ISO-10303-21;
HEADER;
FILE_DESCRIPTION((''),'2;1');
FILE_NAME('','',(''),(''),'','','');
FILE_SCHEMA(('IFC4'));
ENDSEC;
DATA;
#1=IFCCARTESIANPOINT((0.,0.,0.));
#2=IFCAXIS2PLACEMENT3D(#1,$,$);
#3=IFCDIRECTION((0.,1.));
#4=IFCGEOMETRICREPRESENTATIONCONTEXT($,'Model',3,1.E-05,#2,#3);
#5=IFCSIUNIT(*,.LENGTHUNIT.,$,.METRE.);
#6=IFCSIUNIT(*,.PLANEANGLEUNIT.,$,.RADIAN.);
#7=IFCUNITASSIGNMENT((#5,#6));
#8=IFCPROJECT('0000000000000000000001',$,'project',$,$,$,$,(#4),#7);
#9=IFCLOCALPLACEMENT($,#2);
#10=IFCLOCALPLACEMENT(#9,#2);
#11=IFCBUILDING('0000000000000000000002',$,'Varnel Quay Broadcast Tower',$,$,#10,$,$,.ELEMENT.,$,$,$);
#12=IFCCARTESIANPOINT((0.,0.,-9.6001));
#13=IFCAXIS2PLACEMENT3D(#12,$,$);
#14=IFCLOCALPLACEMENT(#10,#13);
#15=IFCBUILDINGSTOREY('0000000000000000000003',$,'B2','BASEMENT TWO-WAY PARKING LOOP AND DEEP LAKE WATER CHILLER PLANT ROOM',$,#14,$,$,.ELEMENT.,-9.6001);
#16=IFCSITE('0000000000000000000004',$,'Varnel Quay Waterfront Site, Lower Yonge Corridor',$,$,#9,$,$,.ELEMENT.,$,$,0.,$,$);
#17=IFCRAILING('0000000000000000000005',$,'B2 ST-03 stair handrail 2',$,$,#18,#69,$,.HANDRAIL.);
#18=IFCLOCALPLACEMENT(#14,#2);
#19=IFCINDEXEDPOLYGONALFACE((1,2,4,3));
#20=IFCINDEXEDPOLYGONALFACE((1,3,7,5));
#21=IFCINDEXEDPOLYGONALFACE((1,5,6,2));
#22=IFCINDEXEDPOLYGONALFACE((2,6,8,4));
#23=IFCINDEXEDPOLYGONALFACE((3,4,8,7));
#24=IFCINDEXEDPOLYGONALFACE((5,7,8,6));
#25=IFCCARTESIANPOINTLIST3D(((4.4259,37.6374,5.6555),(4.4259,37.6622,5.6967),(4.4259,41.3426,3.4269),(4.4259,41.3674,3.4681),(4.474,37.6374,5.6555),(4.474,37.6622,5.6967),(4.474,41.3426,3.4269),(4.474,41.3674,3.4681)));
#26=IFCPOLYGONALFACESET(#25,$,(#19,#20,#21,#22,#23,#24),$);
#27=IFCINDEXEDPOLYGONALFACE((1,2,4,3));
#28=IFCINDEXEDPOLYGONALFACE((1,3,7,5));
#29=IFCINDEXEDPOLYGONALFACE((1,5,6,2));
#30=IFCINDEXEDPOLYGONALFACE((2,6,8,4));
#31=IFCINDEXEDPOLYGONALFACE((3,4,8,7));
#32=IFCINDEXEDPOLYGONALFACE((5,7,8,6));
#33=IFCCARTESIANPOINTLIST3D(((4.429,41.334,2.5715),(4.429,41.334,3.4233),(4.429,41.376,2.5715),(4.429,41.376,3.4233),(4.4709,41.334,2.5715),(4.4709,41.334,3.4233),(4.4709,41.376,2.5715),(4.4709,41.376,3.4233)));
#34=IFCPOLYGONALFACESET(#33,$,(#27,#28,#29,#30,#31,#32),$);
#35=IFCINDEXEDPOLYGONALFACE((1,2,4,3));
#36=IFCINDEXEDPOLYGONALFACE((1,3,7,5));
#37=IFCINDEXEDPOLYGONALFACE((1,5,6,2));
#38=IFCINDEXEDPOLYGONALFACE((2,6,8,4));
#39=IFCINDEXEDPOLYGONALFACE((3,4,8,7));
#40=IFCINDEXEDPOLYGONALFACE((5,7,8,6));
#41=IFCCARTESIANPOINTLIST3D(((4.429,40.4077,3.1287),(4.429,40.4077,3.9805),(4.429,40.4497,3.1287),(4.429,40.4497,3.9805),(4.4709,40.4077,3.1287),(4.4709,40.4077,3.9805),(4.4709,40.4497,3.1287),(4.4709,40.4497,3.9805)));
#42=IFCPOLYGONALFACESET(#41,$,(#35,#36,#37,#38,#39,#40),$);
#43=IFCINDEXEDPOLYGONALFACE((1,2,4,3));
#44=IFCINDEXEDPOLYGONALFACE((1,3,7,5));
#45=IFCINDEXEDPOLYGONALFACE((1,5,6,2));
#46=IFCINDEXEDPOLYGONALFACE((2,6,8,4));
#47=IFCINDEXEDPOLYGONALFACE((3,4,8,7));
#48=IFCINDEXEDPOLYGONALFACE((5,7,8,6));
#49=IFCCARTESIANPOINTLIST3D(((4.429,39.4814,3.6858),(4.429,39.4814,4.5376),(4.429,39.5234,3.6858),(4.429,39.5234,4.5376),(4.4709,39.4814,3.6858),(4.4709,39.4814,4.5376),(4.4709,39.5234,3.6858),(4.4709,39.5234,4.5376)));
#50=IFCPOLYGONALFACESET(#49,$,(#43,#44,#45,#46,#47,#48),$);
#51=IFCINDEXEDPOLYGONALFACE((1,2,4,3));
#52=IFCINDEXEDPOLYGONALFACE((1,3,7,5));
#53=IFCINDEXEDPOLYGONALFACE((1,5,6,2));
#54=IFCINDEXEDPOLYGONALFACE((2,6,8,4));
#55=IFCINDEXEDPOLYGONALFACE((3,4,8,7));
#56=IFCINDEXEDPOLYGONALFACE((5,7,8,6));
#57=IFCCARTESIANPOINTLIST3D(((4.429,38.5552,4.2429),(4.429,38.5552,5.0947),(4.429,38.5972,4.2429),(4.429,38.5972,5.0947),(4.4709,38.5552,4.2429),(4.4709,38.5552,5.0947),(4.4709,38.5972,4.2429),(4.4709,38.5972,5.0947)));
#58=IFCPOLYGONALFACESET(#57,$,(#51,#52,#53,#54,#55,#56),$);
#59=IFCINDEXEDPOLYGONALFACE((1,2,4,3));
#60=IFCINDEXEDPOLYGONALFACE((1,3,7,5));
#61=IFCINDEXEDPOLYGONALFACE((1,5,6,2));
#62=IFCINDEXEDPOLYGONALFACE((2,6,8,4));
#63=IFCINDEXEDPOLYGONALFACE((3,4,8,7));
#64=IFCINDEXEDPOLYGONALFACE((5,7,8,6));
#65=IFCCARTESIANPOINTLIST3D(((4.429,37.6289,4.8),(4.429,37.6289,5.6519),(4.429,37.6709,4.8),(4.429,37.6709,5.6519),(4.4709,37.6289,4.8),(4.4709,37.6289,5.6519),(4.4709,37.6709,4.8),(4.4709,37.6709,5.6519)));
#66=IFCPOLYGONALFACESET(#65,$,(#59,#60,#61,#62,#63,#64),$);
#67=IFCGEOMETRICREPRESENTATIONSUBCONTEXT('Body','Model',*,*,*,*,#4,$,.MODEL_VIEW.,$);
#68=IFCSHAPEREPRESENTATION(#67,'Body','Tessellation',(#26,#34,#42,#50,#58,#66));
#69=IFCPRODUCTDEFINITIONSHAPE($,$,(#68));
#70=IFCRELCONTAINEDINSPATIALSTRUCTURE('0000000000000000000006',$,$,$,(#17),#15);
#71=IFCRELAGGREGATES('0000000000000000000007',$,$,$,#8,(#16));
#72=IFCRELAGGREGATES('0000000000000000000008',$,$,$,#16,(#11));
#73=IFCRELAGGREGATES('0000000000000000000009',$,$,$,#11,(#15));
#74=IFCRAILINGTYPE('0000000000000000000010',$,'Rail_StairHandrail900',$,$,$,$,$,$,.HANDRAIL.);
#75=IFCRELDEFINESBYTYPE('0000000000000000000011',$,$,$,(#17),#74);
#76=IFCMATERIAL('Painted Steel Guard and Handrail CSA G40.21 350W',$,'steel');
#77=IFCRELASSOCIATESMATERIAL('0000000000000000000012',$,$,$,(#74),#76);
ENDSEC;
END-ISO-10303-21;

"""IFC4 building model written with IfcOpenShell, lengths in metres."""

from ifc_helpers import new_model, si_unit, direction, frame, origin, origin_2d, place, context, subcontext, project, spatial, rectangle, extrude, material, type_object, element, save


model = new_model("IFC4")

# Units and contexts
model_context = context("Model", 3, precision=1e-05, world=origin(), true_north=direction((0.0, 1.0)))
body_context = subcontext(model_context, "Body", "Model", "MODEL_VIEW")
ifc_project = project(units=[si_unit("LENGTHUNIT", "METRE"), si_unit("PLANEANGLEUNIT", "RADIAN")], contexts=[model_context])

# Site, building, storey
site_placement = place(None, origin())
site = spatial("IfcSite", under=ifc_project, at=site_placement, Name="Varnel Quay Waterfront Site, Lower Yonge Corridor", CompositionType="ELEMENT", RefElevation=0.0)
building_placement = place(site_placement, origin())
building = spatial("IfcBuilding", under=site, at=building_placement, Name="Varnel Quay Broadcast Tower", CompositionType="ELEMENT")
storey_placement = place(building_placement, frame((0.0, 0.0, -9.6001)))
storey = spatial("IfcBuildingStorey", under=building, at=storey_placement, Name="B2", Description="BASEMENT TWO-WAY PARKING LOOP AND DEEP LAKE WATER CHILLER PLANT ROOM", CompositionType="ELEMENT", Elevation=-9.6001)

# Railing
ifc_material_1 = material(Name="Painted Steel Guard and Handrail CSA G40.21 350W", Category="steel")
railing_type_1 = type_object("IfcRailingType", Name="Rail_StairHandrail900", PredefinedType="HANDRAIL", material=ifc_material_1)
railing_1_placement = place(storey_placement, frame((4.45, 41.355, 2.5715)))
element("IfcRailing", 1, at=railing_1_placement, inside=storey, type_object=railing_type_1, Name="B2 ST-03 stair handrail 2", PredefinedType="HANDRAIL", context=body_context, shape_type="SweptSolid", body=[
    extrude(rectangle(XDim=0.0481, YDim=0.0481, at=origin_2d()), frame((0.0, 0.0, 0.876), z_axis=(0.0, -0.856934, 0.515425), x_axis=(1.0, 0.0, 0.0)), (0.0, 0.0, 1.0), 4.3237),
    extrude(rectangle(XDim=0.042, YDim=0.042, at=origin_2d()), origin(), (0.0, 0.0, 1.0), 0.8518),
    extrude(rectangle(XDim=0.042, YDim=0.042, at=origin_2d()), frame((0.0, -0.9263, 0.5571)), (0.0, 0.0, 1.0), 0.8518),
    extrude(rectangle(XDim=0.042, YDim=0.042, at=origin_2d()), frame((0.0, -1.8525, 1.1143)), (0.0, 0.0, 1.0), 0.8518),
    extrude(rectangle(XDim=0.042, YDim=0.042, at=origin_2d()), frame((0.0, -2.7788, 1.6714)), (0.0, 0.0, 1.0), 0.8518),
    extrude(rectangle(XDim=0.042, YDim=0.042, at=origin_2d()), frame((0.0, -3.7051, 2.2285)), (0.0, 0.0, 1.0), 0.8518),
])

save(model, "model.ifc")
